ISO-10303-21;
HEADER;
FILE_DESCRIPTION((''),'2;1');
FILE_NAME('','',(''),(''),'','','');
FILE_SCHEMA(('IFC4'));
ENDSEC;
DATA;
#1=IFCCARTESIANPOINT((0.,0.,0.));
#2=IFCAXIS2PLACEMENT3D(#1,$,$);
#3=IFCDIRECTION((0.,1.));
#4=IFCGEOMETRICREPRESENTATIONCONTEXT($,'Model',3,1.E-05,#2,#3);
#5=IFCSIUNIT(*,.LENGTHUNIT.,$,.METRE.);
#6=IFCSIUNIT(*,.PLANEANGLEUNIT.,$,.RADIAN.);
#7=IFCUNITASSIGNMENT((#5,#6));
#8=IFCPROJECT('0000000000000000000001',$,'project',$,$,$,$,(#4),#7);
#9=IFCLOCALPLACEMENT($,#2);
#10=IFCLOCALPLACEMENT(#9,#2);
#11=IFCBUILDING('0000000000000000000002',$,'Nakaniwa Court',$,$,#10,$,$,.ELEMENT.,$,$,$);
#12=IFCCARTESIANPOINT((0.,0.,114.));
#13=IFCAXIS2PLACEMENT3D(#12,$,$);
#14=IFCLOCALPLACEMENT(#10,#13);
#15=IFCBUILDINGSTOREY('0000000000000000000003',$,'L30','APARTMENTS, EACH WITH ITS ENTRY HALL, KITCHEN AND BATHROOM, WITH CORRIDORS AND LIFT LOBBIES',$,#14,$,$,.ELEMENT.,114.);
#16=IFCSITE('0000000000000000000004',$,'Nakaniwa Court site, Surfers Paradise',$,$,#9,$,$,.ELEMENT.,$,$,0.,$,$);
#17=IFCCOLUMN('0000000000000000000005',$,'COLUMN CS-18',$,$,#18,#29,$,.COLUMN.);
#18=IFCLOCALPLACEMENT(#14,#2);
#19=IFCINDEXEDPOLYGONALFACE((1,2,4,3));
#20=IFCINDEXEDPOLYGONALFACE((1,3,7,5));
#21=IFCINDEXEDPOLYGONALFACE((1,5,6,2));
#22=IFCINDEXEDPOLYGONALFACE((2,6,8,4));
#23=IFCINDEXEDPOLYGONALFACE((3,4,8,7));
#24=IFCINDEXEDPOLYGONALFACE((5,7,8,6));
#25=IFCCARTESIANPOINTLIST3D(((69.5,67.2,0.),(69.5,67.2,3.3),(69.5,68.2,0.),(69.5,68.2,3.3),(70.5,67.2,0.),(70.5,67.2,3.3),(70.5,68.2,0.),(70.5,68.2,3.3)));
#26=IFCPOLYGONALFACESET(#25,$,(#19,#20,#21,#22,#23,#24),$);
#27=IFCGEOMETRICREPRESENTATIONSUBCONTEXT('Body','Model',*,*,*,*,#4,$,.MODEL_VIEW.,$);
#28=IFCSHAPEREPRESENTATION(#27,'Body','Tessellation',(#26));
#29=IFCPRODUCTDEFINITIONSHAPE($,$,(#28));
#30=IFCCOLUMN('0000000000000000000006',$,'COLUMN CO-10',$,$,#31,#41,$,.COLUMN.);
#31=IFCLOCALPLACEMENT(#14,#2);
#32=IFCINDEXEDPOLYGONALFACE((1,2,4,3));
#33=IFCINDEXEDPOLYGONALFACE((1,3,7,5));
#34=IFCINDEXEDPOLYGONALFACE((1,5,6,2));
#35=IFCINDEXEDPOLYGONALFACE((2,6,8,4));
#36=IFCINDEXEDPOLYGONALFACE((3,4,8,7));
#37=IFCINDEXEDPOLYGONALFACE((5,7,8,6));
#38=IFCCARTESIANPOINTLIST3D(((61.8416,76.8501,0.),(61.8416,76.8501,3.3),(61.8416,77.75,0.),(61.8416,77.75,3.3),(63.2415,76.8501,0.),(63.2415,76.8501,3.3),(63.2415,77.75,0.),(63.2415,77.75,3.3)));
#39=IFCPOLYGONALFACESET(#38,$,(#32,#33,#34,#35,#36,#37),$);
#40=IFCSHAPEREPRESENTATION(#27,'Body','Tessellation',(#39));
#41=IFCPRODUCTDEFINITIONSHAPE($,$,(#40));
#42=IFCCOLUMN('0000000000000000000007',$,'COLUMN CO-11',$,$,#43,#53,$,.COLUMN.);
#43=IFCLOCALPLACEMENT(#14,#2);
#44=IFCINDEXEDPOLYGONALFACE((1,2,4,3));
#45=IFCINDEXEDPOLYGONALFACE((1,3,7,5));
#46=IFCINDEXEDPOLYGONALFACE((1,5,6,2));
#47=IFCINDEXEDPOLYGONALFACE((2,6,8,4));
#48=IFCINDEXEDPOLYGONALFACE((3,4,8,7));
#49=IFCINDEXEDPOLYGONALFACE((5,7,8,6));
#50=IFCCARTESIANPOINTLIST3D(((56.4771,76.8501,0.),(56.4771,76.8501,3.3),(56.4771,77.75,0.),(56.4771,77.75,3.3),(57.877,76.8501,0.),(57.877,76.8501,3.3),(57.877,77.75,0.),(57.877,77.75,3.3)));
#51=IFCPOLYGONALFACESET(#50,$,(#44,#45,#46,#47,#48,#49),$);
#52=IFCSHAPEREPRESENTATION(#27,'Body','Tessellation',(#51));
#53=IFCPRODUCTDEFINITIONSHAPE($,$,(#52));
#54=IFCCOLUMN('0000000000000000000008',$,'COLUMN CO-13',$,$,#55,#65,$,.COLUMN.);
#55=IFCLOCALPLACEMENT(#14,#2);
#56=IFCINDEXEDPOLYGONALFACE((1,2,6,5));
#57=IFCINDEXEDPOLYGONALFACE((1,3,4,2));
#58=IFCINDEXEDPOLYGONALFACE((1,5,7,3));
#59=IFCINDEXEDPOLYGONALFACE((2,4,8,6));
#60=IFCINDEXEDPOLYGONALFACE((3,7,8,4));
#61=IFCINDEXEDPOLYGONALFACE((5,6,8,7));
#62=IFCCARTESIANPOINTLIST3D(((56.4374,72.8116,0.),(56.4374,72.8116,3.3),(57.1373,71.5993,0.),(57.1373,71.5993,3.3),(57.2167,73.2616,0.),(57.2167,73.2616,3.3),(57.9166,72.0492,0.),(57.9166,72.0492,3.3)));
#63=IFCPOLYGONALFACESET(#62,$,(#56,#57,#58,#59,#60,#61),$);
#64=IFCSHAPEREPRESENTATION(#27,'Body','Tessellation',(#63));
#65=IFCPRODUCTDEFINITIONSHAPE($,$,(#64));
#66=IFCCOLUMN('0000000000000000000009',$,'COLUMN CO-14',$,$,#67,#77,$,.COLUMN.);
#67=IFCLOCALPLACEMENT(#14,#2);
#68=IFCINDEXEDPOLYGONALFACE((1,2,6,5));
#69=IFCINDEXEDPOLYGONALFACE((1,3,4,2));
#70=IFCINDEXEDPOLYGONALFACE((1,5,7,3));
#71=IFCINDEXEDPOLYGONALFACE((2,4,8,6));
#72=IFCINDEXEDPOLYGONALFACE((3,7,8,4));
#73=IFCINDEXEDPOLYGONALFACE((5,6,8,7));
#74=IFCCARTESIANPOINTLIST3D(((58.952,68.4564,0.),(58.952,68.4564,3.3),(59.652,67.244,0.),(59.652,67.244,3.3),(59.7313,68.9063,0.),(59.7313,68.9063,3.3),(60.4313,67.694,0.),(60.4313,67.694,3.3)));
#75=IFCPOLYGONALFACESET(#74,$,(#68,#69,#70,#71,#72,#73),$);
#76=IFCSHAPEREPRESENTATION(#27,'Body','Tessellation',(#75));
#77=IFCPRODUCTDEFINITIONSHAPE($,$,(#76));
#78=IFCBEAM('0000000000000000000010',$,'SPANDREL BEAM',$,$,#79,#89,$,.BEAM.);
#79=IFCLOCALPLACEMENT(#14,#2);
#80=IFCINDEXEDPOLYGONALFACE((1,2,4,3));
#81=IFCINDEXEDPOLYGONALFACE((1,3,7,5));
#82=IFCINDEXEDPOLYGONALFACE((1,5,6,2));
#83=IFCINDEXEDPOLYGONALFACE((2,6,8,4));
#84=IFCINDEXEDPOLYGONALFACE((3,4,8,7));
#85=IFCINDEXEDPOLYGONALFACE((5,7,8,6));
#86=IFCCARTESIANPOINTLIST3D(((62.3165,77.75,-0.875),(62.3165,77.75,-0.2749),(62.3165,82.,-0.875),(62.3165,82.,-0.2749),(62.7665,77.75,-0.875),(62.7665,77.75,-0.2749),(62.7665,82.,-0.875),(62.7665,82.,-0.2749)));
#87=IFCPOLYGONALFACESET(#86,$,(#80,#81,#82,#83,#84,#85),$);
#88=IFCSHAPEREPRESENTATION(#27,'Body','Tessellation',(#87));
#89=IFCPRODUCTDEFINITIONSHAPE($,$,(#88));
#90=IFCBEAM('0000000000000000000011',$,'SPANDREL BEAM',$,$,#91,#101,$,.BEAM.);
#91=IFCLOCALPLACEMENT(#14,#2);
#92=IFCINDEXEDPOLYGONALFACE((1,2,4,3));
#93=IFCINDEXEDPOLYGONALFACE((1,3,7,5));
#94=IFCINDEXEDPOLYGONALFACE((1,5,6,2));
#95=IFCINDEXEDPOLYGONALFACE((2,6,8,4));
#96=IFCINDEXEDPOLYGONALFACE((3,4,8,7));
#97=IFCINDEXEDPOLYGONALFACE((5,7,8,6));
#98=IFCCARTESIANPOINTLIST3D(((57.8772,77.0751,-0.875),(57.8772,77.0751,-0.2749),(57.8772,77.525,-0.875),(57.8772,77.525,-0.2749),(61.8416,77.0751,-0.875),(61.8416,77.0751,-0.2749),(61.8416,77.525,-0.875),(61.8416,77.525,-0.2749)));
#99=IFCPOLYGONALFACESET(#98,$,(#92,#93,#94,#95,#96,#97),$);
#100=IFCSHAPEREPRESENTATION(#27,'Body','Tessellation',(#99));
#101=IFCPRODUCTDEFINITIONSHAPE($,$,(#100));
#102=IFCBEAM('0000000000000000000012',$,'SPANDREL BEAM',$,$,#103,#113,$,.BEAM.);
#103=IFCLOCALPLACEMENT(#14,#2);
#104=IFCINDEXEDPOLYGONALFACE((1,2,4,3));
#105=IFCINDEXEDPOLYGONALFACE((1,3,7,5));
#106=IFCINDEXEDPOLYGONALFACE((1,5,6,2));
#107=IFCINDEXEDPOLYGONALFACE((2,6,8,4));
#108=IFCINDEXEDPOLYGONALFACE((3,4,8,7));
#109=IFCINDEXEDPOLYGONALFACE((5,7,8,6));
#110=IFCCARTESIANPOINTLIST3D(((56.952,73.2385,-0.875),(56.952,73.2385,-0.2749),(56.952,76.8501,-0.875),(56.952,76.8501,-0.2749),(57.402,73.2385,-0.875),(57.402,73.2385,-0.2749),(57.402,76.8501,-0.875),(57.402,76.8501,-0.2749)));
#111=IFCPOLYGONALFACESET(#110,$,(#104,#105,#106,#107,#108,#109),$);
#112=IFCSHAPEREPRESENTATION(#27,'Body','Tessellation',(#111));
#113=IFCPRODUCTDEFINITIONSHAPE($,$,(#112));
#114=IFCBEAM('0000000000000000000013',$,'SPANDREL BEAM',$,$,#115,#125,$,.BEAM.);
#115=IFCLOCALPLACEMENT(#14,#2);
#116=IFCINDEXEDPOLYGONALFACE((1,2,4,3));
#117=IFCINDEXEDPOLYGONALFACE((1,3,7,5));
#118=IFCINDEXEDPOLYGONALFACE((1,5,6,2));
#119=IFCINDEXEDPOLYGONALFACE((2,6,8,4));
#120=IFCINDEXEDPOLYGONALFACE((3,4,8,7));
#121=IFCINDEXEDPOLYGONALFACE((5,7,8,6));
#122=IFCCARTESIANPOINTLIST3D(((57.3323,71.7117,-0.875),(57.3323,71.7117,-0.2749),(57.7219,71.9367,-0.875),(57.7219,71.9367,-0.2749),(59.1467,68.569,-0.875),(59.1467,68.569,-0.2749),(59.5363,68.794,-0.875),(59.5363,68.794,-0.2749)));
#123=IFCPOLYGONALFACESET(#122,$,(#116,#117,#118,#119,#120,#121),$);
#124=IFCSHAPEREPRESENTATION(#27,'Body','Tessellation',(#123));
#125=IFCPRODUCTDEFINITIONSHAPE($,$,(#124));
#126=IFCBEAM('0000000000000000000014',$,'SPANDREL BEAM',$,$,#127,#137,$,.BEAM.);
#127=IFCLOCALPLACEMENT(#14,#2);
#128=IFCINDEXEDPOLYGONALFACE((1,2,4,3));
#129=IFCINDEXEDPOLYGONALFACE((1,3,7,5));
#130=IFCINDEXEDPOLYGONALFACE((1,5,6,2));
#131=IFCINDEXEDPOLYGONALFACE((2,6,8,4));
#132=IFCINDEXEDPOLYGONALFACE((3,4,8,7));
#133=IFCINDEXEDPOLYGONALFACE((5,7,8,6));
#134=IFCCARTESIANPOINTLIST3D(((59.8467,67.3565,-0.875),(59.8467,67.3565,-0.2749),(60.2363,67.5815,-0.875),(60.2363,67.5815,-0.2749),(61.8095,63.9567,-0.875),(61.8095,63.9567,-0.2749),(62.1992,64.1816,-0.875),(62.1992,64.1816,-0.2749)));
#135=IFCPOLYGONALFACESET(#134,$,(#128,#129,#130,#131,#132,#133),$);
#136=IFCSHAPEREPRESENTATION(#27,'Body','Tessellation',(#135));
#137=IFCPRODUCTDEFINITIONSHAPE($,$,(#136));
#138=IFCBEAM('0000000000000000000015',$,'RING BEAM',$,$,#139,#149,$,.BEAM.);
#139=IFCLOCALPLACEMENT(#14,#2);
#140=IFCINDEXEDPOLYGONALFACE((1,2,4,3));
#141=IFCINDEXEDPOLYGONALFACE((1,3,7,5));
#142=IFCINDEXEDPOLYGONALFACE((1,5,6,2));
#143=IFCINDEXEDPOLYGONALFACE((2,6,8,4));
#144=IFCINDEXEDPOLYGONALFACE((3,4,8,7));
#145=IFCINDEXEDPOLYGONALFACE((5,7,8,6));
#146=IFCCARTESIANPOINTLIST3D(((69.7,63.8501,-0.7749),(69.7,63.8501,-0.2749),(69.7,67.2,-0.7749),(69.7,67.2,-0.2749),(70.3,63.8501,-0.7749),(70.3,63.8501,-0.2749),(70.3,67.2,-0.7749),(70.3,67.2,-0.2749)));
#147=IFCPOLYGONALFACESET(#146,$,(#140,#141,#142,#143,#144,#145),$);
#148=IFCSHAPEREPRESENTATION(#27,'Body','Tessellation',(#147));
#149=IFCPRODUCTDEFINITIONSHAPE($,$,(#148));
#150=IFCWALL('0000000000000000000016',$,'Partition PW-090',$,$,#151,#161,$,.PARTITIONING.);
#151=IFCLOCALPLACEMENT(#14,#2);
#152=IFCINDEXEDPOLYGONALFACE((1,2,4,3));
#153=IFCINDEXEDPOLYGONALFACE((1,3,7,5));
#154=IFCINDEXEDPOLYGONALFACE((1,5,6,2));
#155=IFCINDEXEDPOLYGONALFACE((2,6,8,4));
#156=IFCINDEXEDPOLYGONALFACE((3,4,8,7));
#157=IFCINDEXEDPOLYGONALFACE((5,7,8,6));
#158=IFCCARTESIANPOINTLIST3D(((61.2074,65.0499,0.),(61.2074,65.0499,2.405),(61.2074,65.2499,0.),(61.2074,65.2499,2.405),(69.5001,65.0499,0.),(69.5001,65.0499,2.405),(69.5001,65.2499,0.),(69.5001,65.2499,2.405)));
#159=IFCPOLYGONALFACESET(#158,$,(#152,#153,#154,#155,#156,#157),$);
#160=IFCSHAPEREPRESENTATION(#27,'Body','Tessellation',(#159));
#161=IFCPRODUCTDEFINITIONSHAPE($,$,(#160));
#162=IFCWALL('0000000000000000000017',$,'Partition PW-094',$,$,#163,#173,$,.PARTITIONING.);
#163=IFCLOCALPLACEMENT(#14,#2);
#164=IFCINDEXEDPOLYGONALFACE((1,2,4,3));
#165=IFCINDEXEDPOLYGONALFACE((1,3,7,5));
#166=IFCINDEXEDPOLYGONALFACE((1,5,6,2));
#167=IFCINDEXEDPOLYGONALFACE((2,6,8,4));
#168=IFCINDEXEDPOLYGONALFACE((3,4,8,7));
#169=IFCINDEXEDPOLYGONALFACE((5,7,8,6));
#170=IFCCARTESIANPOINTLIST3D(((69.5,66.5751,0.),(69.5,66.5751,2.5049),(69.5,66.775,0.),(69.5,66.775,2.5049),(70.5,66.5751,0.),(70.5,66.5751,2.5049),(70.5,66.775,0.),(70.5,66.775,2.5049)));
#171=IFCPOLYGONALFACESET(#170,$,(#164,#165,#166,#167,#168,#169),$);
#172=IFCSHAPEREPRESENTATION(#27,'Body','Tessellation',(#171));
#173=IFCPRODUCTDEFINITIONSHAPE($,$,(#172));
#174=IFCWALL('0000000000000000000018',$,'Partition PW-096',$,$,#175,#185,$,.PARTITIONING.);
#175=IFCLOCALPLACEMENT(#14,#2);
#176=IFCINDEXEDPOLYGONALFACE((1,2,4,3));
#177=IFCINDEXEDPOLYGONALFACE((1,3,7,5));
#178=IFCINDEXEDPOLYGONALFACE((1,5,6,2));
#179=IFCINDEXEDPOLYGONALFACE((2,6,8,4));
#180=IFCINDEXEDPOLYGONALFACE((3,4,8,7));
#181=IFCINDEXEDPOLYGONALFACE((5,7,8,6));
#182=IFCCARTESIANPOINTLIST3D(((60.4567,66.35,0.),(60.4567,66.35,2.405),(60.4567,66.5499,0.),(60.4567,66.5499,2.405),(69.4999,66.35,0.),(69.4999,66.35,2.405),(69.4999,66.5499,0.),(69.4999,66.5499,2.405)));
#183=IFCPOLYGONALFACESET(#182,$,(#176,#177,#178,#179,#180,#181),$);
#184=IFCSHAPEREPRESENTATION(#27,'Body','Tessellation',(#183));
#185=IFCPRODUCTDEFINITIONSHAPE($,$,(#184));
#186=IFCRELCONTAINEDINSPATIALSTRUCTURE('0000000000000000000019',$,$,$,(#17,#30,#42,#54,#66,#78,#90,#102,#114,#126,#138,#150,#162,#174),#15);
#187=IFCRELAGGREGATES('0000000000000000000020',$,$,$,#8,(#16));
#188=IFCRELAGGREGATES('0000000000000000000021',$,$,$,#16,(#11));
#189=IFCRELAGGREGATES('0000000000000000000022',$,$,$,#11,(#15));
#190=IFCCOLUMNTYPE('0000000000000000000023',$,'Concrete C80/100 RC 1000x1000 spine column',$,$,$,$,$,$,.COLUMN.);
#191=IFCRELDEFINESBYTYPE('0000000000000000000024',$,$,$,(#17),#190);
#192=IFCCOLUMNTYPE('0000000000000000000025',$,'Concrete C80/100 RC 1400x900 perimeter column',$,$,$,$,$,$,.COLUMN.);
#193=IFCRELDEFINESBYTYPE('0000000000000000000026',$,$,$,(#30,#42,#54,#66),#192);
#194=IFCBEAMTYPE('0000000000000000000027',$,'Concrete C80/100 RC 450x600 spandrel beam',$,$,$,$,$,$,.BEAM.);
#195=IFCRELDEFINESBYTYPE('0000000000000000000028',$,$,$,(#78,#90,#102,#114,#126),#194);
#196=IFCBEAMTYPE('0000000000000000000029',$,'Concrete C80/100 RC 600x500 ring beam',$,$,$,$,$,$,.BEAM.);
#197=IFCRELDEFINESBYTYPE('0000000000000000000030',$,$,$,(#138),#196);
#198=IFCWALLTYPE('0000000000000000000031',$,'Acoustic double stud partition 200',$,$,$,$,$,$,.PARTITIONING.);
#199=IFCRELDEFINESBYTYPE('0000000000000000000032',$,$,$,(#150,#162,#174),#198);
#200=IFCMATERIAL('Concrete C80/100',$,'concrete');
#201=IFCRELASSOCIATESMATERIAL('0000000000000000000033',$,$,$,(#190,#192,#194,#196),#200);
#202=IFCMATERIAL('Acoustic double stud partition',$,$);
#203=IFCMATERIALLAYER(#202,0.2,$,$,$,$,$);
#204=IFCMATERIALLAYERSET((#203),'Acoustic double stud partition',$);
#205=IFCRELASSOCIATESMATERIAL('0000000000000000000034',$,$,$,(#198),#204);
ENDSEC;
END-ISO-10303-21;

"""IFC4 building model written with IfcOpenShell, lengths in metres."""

from ifc_helpers import new_model, si_unit, direction, frame, frame_2d, origin, origin_2d, place, context, subcontext, project, spatial, rectangle, extrude, material, layer, layer_set, material_profile, profile_set, type_object, element, save


model = new_model("IFC4")

# Units and contexts
model_context = context("Model", 3, precision=1e-05, world=origin(), true_north=direction((0.0, 1.0)))
body_context = subcontext(model_context, "Body", "Model", "MODEL_VIEW")
ifc_project = project(units=[si_unit("LENGTHUNIT", "METRE"), si_unit("PLANEANGLEUNIT", "RADIAN")], contexts=[model_context])

# Site, building, storey
site_placement = place(None, origin())
site = spatial("IfcSite", under=ifc_project, at=site_placement, Name="Nakaniwa Court site, Surfers Paradise", CompositionType="ELEMENT", RefElevation=0.0)
building_placement = place(site_placement, origin())
building = spatial("IfcBuilding", under=site, at=building_placement, Name="Nakaniwa Court", CompositionType="ELEMENT")
storey_placement = place(building_placement, frame((0.0, 0.0, 114.0)))
storey = spatial("IfcBuildingStorey", under=building, at=storey_placement, Name="L30", Description="APARTMENTS, EACH WITH ITS ENTRY HALL, KITCHEN AND BATHROOM, WITH CORRIDORS AND LIFT LOBBIES", CompositionType="ELEMENT", Elevation=114.0)

# Columns
ifc_material_1 = material(Name="Concrete C80/100", Category="concrete")
ifc_material_profile_1 = material_profile(ifc_material_1, rectangle(XDim=1.0, YDim=1.0, at=origin_2d()), Name="Concrete C80/100 RC 1000x1000 spine column")
ifc_profile_set_1 = profile_set([ifc_material_profile_1], Name="Concrete C80/100")
column_type_1 = type_object("IfcColumnType", Name="Concrete C80/100 RC 1000x1000 spine column", PredefinedType="COLUMN", material=ifc_profile_set_1)
column_placement = place(storey_placement, frame((70.0, 67.7, 0.0), z_axis=(0.0, 0.0, 1.0), x_axis=(0.0, -1.0, 0.0)))
element("IfcColumn", 1, at=column_placement, inside=storey, type_object=column_type_1, Name="COLUMN CS-18", PredefinedType="COLUMN", context=body_context, shape_type="SweptSolid", body=[
    extrude(rectangle(XDim=1.0, YDim=1.0, at=origin_2d()), origin(), (0.0, 0.0, 1.0), 3.3),
])
ifc_material_profile_2 = material_profile(ifc_material_1, rectangle(XDim=1.3999, YDim=0.8999, at=origin_2d()), Name="Concrete C80/100 RC 1400x900 perimeter column")
ifc_profile_set_2 = profile_set([ifc_material_profile_2], Name="Concrete C80/100")
column_type_2 = type_object("IfcColumnType", Name="Concrete C80/100 RC 1400x900 perimeter column", PredefinedType="COLUMN", material=ifc_profile_set_2)
for number, where, z_axis, x_axis, name in (
    (2, (62.5415, 77.3, 0.0), (0.0, 0.0, 1.0), (-1.0, 0.0, 0.0), "COLUMN CO-10"),
    (3, (57.177, 77.3, 0.0), (0.0, 0.0, 1.0), (-1.0, 0.0, 0.0), "COLUMN CO-11"),
    (4, (57.177, 72.4304, 0.0), (0.0, 0.0, 1.0), (0.5, -0.866025, 0.0), "COLUMN CO-13"),
    (5, (59.6917, 68.0752, 0.0), (0.0, 0.0, 1.0), (0.5, -0.866025, 0.0), "COLUMN CO-14"),
):
    element("IfcColumn", number, at=place(storey_placement, frame(where, z_axis=z_axis, x_axis=x_axis)), inside=storey, type_object=column_type_2, Name=name, PredefinedType="COLUMN", context=body_context, shape_type="SweptSolid", body=[
        extrude(rectangle(XDim=1.3999, YDim=0.8999, at=origin_2d()), origin(), (0.0, 0.0, 1.0), 3.3),
    ])

# Beams
ifc_material_profile_3 = material_profile(ifc_material_1, rectangle(XDim=0.45, YDim=0.6001, at=origin_2d()), Name="Concrete C80/100 RC 450x600 spandrel beam")
ifc_profile_set_3 = profile_set([ifc_material_profile_3], Name="Concrete C80/100")
beam_type_1 = type_object("IfcBeamType", Name="Concrete C80/100 RC 450x600 spandrel beam", PredefinedType="BEAM", material=ifc_profile_set_3)
beam_1_placement = place(storey_placement, frame((62.5415, 82.0, -0.575), z_axis=(0.0, -1.0, 0.0), x_axis=(1.0, 0.0, 0.0)))
element("IfcBeam", 6, at=beam_1_placement, inside=storey, type_object=beam_type_1, Name="SPANDREL BEAM", PredefinedType="BEAM", context=body_context, shape_type="SweptSolid", body=[
    extrude(rectangle(XDim=0.45, YDim=0.6001, at=origin_2d()), origin(), (0.0, 0.0, 1.0), 4.25),
])
beam_2_placement = place(storey_placement, frame((61.8416, 77.3, -0.575), z_axis=(-1.0, 0.0, 0.0), x_axis=(0.0, -1.0, 0.0)))
element("IfcBeam", 7, at=beam_2_placement, inside=storey, type_object=beam_type_1, Name="SPANDREL BEAM", PredefinedType="BEAM", context=body_context, shape_type="SweptSolid", body=[
    extrude(rectangle(XDim=0.45, YDim=0.6001, at=origin_2d()), origin(), (0.0, 0.0, 1.0), 3.9644),
])
beam_3_placement = place(storey_placement, frame((57.177, 76.8501, -0.575), z_axis=(0.0, -1.0, 0.0), x_axis=(1.0, 0.0, 0.0)))
element("IfcBeam", 8, at=beam_3_placement, inside=storey, type_object=beam_type_1, Name="SPANDREL BEAM", PredefinedType="BEAM", context=body_context, shape_type="SweptSolid", body=[
    extrude(rectangle(XDim=0.45, YDim=0.6001, at=origin_2d()), origin(), (0.0, 0.0, 1.0), 3.6116),
])
beam_4_placement = place(storey_placement, frame((57.5271, 71.8242, -0.575), z_axis=(0.499988, -0.866032, 0.0), x_axis=(0.866032, 0.499988, 0.0)))
element("IfcBeam", 9, at=beam_4_placement, inside=storey, type_object=beam_type_1, Name="SPANDREL BEAM", PredefinedType="BEAM", context=body_context, shape_type="SweptSolid", body=[
    extrude(rectangle(XDim=0.45, YDim=0.6001, at=origin_2d()), origin(), (0.0, 0.0, 1.0), 3.6289),
])
beam_5_placement = place(storey_placement, frame((60.0415, 67.469, -0.575), z_axis=(0.499992, -0.86603, 0.0), x_axis=(0.86603, 0.499992, 0.0)))
element("IfcBeam", 10, at=beam_5_placement, inside=storey, type_object=beam_type_1, Name="SPANDREL BEAM", PredefinedType="BEAM", context=body_context, shape_type="SweptSolid", body=[
    extrude(rectangle(XDim=0.45, YDim=0.6001, at=origin_2d()), origin(), (0.0, 0.0, 1.0), 3.9258),
])
ifc_material_profile_4 = material_profile(ifc_material_1, rectangle(XDim=0.6001, YDim=0.5, at=origin_2d()), Name="Concrete C80/100 RC 600x500 ring beam")
ifc_profile_set_4 = profile_set([ifc_material_profile_4], Name="Concrete C80/100")
beam_type_2 = type_object("IfcBeamType", Name="Concrete C80/100 RC 600x500 ring beam", PredefinedType="BEAM", material=ifc_profile_set_4)
beam_6_placement = place(storey_placement, frame((70.0, 67.2, -0.5249), z_axis=(0.0, -1.0, 0.0), x_axis=(1.0, 0.0, 0.0)))
element("IfcBeam", 11, at=beam_6_placement, inside=storey, type_object=beam_type_2, Name="RING BEAM", PredefinedType="BEAM", context=body_context, shape_type="SweptSolid", body=[
    extrude(rectangle(XDim=0.6001, YDim=0.5, at=origin_2d()), origin(), (0.0, 0.0, 1.0), 3.3499),
])

# Walls
ifc_material_2 = material(Name="Acoustic double stud partition")
ifc_layer_1 = layer(ifc_material_2, 0.2)
ifc_layer_set_1 = layer_set([ifc_layer_1], Name="Acoustic double stud partition")
wall_type_1 = type_object("IfcWallType", Name="Acoustic double stud partition 200", PredefinedType="PARTITIONING", material=ifc_layer_set_1)
wall_1_placement = place(storey_placement, frame((61.2073, 65.1499, 0.0), z_axis=(0.0, 0.0, 1.0), x_axis=(1.0, 0.0, 0.0)))
element("IfcWall", 12, at=wall_1_placement, inside=storey, type_object=wall_type_1, Name="Partition PW-090", PredefinedType="PARTITIONING", context=body_context, shape_type="SweptSolid", body=[
    extrude(rectangle(XDim=8.2927, YDim=0.2, at=frame_2d((4.1465, 0.0))), origin(), (0.0, 0.0, 1.0), 2.405),
])
wall_2_placement = place(storey_placement, frame((69.5, 66.675, 0.0), z_axis=(0.0, 0.0, 1.0), x_axis=(1.0, 0.0, 0.0)))
element("IfcWall", 13, at=wall_2_placement, inside=storey, type_object=wall_type_1, Name="Partition PW-094", PredefinedType="PARTITIONING", context=body_context, shape_type="SweptSolid", body=[
    extrude(rectangle(XDim=1.0, YDim=0.2, at=frame_2d((0.5, 0.0))), origin(), (0.0, 0.0, 1.0), 2.5049),
])
wall_3_placement = place(storey_placement, frame((60.4568, 66.45, 0.0), z_axis=(0.0, 0.0, 1.0), x_axis=(1.0, 0.0, 0.0)))
element("IfcWall", 14, at=wall_3_placement, inside=storey, type_object=wall_type_1, Name="Partition PW-096", PredefinedType="PARTITIONING", context=body_context, shape_type="SweptSolid", body=[
    extrude(rectangle(XDim=9.0432, YDim=0.2, at=frame_2d((4.5215, 0.0))), origin(), (0.0, 0.0, 1.0), 2.405),
])

save(model, "model.ifc")
